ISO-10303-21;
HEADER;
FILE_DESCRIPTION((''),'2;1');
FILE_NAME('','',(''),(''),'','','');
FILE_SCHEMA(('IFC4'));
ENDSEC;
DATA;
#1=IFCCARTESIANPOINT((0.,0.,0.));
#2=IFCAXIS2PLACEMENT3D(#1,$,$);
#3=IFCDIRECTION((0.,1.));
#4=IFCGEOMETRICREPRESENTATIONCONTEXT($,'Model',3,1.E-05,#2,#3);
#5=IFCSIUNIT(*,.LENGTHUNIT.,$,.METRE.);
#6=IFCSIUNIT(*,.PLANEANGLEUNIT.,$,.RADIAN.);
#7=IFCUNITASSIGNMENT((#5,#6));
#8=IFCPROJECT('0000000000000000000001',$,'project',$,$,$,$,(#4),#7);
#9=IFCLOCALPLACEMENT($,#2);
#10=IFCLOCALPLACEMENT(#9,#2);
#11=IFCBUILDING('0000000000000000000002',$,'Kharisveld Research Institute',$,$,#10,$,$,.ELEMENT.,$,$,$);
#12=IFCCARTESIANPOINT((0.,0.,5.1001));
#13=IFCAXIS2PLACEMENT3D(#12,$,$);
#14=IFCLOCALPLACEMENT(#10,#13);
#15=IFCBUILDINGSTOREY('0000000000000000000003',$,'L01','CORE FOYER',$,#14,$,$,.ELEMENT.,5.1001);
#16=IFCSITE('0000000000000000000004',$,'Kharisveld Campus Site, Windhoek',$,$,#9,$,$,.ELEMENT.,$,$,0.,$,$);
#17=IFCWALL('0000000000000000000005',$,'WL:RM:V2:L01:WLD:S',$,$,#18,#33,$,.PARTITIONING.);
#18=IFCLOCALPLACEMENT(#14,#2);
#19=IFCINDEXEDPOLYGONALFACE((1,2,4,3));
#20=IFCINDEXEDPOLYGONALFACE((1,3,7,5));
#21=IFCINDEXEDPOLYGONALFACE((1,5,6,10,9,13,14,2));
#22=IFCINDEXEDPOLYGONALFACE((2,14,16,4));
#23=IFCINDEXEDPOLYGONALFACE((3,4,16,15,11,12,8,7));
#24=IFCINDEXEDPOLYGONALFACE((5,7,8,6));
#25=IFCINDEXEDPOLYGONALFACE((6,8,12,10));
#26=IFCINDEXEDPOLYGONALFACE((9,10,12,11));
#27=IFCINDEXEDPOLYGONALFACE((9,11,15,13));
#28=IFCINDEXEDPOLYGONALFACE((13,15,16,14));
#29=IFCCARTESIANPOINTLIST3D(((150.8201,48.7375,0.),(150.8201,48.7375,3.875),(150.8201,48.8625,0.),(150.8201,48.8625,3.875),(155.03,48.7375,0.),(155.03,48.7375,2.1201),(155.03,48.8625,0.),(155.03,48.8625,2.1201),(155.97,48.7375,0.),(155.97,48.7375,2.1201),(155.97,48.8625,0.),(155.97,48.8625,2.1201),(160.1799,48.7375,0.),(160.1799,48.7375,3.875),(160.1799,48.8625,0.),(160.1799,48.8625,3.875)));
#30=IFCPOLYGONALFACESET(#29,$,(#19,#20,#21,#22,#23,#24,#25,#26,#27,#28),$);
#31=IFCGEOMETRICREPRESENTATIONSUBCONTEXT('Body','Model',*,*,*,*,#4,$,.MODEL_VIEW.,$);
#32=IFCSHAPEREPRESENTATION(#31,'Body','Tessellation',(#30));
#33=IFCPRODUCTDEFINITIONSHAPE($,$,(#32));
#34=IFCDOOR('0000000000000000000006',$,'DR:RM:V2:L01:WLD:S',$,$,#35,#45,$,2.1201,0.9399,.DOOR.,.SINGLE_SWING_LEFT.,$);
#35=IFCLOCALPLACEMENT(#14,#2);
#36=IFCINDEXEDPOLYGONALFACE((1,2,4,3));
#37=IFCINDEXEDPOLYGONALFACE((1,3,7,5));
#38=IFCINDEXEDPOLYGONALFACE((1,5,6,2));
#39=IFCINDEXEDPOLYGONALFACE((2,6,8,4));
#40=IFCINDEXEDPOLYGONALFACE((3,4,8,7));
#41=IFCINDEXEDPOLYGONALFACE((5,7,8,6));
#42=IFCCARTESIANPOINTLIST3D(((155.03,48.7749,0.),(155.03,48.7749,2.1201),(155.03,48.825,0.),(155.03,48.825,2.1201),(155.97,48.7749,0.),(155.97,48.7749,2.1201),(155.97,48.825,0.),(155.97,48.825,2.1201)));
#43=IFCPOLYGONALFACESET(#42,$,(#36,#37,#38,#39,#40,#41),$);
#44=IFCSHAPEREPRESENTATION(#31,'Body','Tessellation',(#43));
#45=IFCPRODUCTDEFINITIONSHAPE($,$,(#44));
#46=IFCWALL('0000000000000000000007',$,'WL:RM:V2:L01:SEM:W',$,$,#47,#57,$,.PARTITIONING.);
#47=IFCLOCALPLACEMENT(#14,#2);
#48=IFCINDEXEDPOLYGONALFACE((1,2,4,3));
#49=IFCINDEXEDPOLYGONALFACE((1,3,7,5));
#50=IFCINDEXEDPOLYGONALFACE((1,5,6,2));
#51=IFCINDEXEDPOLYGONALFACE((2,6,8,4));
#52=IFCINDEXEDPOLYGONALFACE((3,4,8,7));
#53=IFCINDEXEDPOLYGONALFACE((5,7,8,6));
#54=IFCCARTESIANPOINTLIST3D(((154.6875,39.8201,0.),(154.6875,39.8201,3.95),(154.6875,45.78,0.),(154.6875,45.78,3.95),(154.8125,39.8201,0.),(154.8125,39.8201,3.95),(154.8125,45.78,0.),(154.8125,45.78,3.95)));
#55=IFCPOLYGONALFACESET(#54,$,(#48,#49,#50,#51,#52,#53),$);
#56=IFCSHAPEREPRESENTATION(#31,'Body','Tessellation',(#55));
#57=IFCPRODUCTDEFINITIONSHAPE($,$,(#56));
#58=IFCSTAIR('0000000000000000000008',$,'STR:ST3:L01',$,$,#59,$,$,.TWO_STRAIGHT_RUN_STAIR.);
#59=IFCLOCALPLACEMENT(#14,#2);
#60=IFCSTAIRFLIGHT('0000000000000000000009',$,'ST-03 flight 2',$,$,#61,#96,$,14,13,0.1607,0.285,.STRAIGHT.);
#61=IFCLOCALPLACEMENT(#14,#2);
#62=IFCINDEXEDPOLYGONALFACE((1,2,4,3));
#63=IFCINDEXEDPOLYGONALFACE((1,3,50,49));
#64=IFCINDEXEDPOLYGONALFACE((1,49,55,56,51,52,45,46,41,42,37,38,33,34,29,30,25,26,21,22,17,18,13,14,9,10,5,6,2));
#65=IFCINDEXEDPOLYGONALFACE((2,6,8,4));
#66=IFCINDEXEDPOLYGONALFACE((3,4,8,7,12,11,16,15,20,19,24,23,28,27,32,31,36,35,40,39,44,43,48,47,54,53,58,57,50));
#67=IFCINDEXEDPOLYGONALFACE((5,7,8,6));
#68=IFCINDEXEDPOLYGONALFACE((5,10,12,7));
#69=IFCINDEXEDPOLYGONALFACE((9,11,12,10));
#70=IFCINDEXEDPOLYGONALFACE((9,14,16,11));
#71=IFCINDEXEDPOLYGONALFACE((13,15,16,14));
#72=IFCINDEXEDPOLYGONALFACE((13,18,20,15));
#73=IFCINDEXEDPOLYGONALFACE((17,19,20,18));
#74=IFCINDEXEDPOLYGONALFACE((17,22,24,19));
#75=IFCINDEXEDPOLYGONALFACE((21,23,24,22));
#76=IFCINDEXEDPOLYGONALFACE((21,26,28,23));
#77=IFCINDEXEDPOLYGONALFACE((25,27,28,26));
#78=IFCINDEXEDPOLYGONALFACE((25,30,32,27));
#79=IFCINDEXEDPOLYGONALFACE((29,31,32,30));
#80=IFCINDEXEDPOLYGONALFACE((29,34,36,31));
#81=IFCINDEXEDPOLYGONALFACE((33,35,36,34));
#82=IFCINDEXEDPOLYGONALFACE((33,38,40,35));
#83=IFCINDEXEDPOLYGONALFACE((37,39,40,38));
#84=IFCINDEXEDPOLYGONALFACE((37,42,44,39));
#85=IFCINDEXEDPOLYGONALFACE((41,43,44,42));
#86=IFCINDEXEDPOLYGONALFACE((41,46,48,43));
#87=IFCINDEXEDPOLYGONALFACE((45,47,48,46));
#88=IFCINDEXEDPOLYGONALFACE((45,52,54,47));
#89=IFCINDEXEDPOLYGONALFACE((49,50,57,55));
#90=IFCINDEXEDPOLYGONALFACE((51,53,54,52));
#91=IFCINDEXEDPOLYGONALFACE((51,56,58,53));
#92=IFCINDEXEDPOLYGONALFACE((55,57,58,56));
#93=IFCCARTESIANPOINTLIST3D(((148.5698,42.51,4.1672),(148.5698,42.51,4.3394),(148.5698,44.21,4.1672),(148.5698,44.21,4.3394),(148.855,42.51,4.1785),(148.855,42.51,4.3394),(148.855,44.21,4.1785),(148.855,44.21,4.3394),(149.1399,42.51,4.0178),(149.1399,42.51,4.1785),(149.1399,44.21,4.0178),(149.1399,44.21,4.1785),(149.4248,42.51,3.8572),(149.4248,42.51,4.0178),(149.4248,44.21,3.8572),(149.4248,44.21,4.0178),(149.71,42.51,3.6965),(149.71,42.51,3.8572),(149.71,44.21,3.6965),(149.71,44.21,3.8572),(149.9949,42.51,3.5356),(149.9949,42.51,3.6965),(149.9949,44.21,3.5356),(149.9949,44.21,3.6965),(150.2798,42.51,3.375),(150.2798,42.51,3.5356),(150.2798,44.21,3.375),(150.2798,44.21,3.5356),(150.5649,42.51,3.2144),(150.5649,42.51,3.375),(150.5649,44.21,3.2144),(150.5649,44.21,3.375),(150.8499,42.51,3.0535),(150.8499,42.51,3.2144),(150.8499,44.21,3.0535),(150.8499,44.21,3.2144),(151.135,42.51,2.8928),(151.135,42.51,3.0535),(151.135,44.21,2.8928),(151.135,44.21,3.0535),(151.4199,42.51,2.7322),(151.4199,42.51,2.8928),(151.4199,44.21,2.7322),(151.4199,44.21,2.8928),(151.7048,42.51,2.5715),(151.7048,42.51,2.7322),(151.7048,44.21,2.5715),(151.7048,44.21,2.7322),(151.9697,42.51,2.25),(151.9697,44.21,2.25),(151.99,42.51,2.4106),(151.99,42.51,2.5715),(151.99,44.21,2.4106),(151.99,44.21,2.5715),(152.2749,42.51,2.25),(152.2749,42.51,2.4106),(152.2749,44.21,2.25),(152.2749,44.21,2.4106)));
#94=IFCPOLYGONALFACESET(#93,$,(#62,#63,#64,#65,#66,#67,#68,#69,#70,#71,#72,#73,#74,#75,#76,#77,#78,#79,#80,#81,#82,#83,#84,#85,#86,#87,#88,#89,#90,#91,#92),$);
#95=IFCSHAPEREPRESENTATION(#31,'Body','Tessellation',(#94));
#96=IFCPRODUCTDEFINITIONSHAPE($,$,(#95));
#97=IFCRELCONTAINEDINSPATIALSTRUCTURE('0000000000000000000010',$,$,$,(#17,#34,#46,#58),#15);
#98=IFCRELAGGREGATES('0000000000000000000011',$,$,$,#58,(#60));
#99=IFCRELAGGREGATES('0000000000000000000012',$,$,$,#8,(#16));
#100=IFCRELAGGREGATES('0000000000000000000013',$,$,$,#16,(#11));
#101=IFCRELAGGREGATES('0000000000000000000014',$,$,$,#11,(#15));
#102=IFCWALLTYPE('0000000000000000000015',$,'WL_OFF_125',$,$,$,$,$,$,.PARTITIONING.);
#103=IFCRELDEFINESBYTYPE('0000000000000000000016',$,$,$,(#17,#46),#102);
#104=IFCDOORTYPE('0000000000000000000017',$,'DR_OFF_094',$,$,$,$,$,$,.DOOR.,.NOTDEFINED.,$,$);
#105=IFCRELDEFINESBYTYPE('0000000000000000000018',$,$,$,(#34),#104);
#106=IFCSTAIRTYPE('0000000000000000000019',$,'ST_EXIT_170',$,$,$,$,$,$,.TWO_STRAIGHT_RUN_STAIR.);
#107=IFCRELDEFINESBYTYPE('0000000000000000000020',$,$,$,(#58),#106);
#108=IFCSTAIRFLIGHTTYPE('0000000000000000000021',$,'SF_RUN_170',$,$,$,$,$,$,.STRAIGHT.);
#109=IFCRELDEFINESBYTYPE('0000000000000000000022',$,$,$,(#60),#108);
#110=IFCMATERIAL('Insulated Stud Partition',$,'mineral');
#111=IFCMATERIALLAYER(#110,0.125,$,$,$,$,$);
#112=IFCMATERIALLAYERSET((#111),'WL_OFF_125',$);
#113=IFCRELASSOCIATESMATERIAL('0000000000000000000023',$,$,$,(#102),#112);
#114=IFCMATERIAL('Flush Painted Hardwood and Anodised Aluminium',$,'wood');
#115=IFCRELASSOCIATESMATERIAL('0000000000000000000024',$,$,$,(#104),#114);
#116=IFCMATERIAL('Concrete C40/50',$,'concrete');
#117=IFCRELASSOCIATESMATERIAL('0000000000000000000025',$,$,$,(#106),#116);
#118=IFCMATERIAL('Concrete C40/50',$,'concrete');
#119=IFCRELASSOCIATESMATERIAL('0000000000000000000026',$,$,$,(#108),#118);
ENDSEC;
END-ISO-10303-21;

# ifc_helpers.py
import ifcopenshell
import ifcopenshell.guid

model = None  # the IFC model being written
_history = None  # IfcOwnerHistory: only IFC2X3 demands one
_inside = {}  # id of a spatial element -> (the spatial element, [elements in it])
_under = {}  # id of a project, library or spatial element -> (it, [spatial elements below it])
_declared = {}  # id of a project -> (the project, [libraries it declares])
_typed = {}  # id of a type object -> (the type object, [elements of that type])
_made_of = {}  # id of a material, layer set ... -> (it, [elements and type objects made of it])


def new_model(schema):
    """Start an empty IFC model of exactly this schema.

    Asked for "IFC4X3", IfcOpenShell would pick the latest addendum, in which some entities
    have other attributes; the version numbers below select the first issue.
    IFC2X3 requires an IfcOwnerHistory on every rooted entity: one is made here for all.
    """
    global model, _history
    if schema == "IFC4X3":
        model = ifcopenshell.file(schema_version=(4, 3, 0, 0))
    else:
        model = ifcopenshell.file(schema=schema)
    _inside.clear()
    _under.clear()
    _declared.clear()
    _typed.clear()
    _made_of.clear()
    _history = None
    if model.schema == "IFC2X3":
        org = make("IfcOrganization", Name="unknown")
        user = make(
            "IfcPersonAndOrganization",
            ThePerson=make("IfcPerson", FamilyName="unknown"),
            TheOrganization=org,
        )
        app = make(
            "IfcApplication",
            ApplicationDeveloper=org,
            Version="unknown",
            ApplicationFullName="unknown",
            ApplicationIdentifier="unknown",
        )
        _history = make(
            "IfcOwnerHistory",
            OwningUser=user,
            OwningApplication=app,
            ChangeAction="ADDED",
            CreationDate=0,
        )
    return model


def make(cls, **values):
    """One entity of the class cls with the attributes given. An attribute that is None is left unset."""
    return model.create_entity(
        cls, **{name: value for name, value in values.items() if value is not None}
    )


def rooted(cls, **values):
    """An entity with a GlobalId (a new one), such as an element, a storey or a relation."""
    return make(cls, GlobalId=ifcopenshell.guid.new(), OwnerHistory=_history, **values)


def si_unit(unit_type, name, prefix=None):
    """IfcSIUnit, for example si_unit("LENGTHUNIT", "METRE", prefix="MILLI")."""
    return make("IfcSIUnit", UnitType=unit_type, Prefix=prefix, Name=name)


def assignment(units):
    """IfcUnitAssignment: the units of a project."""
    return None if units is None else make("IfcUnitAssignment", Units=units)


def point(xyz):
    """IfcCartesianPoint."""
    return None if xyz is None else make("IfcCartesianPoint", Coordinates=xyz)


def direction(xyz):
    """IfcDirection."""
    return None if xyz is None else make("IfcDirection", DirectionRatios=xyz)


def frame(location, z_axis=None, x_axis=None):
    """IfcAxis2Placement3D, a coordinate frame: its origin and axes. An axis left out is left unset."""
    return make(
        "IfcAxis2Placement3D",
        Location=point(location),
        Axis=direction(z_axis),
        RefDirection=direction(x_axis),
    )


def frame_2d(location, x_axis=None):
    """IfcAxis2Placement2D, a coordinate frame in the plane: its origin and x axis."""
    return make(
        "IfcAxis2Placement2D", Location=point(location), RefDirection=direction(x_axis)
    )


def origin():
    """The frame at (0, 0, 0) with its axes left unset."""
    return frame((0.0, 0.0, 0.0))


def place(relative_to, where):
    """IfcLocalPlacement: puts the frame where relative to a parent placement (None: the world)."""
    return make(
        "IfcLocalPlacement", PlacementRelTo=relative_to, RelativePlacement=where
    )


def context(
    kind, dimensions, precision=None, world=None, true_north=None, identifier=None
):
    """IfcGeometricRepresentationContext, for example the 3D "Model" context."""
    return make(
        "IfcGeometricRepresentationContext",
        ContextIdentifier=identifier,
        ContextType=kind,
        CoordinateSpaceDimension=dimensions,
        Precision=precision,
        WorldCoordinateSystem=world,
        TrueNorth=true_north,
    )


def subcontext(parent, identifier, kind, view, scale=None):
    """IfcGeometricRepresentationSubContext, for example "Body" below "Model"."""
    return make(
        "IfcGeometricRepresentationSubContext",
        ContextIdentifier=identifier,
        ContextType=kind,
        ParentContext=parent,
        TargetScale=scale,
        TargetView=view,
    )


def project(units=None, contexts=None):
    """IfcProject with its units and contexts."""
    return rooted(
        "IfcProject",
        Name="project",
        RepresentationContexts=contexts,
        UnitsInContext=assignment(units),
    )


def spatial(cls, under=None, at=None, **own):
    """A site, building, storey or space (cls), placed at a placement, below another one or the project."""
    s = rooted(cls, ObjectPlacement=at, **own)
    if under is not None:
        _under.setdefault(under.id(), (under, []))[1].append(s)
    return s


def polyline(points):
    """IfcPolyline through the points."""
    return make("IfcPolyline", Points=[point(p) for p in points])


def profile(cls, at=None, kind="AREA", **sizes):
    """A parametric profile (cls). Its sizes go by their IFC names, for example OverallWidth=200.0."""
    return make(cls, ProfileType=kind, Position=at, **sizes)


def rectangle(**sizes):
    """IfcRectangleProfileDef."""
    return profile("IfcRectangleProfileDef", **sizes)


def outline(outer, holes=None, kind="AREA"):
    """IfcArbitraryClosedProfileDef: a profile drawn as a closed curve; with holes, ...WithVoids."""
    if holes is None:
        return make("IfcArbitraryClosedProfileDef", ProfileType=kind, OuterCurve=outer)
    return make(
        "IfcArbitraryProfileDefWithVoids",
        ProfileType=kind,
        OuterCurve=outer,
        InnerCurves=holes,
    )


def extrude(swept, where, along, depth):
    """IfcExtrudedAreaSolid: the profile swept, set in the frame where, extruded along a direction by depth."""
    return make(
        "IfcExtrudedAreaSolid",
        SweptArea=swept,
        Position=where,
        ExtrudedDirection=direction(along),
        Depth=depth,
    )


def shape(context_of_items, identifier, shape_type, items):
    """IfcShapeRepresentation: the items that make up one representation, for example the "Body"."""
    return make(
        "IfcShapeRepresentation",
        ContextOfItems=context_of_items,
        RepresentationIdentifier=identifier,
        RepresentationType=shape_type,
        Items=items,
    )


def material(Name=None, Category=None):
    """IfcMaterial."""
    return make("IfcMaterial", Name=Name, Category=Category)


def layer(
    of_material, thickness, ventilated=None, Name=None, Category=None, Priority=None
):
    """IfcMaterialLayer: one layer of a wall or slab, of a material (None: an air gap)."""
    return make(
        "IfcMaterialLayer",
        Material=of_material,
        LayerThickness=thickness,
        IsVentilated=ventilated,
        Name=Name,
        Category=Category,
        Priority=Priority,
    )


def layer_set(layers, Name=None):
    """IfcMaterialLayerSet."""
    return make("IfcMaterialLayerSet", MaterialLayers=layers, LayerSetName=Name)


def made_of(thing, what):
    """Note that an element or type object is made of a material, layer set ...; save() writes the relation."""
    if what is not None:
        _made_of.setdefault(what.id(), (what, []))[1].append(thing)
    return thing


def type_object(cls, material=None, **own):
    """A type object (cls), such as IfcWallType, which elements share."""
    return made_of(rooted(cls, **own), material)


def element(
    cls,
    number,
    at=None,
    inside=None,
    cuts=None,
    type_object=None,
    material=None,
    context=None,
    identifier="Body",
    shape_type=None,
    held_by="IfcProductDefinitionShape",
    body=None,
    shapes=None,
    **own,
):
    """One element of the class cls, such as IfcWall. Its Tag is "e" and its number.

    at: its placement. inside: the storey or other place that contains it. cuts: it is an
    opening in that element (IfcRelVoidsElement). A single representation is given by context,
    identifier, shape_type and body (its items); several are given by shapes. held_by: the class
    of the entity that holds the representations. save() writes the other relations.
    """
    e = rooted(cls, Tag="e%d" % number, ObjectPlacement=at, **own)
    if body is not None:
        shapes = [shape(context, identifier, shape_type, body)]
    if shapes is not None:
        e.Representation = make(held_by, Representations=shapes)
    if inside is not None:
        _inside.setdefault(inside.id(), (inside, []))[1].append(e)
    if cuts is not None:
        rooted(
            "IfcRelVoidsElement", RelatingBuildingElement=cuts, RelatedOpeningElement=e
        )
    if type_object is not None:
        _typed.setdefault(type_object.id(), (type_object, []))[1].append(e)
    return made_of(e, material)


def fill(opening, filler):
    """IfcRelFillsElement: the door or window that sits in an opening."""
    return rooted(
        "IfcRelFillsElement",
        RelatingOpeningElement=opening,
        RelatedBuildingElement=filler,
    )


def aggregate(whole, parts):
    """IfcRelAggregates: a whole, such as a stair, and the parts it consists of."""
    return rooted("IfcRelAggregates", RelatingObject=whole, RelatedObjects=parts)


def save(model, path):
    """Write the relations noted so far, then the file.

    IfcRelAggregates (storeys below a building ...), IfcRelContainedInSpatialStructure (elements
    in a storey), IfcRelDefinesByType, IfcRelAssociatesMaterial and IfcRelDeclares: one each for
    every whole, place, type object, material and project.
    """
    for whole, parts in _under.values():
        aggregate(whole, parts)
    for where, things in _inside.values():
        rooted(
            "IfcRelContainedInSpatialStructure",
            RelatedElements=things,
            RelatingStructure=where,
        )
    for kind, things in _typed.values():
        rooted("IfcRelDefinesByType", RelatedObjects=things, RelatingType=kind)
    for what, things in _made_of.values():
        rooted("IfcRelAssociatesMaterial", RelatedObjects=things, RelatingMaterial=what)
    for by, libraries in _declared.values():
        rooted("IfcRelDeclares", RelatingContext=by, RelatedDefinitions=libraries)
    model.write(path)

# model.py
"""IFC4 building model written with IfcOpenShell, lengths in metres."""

from ifc_helpers import new_model, si_unit, direction, frame, frame_2d, origin, place, context, subcontext, project, spatial, polyline, rectangle, outline, extrude, material, layer, layer_set, type_object, element, fill, aggregate, save


model = new_model("IFC4")

# Units and contexts
model_context = context("Model", 3, precision=1e-05, world=origin(), true_north=direction((0.0, 1.0)))
body_context = subcontext(model_context, "Body", "Model", "MODEL_VIEW")
ifc_project = project(units=[si_unit("LENGTHUNIT", "METRE"), si_unit("PLANEANGLEUNIT", "RADIAN")], contexts=[model_context])

# Site, building, storey
site_placement = place(None, origin())
site = spatial("IfcSite", under=ifc_project, at=site_placement, Name="Kharisveld Campus Site, Windhoek", CompositionType="ELEMENT", RefElevation=0.0)
building_placement = place(site_placement, origin())
building = spatial("IfcBuilding", under=site, at=building_placement, Name="Kharisveld Research Institute", CompositionType="ELEMENT")
storey_placement = place(building_placement, frame((0.0, 0.0, 5.1001)))
storey = spatial("IfcBuildingStorey", under=building, at=storey_placement, Name="L01", Description="CORE FOYER", CompositionType="ELEMENT", Elevation=5.1001)

# Wall, opening, door
ifc_material_1 = material(Name="Insulated Stud Partition", Category="mineral")
ifc_layer_1 = layer(ifc_material_1, 0.125)
ifc_layer_set_1 = layer_set([ifc_layer_1], Name="WL_OFF_125")
wall_type_1 = type_object("IfcWallType", Name="WL_OFF_125", PredefinedType="PARTITIONING", material=ifc_layer_set_1)
wall_1_placement = place(storey_placement, frame((150.8201, 48.8, 0.0), z_axis=(0.0, 0.0, 1.0), x_axis=(1.0, 0.0, 0.0)))
wall_1 = element("IfcWall", 1, at=wall_1_placement, inside=storey, type_object=wall_type_1, Name="WL:RM:V2:L01:WLD:S", PredefinedType="PARTITIONING", context=body_context, shape_type="SweptSolid", body=[
    extrude(rectangle(XDim=9.3599, YDim=0.125, at=frame_2d((4.6799, 0.0))), origin(), (0.0, 0.0, 1.0), 3.875),
])
opening_1_placement = place(wall_1_placement, frame((4.21, 0.0, 0.0)))
opening_1 = element("IfcOpeningElement", 2, at=opening_1_placement, cuts=wall_1, PredefinedType="OPENING", context=body_context, shape_type="SweptSolid", body=[
    extrude(rectangle(XDim=0.9399, YDim=2.1201, at=frame_2d((0.47, 1.0601))), frame((0.0, 0.0625, 0.0), z_axis=(0.0, -1.0, 0.0), x_axis=(1.0, 0.0, 0.0)), (0.0, 0.0, 1.0), 0.125),
])
ifc_material_2 = material(Name="Flush Painted Hardwood and Anodised Aluminium", Category="wood")
door_type_1 = type_object("IfcDoorType", Name="DR_OFF_094", OperationType="NOTDEFINED", PredefinedType="DOOR", material=ifc_material_2)
door_1_placement = place(opening_1_placement, origin())
door_1 = element("IfcDoor", 3, at=door_1_placement, inside=storey, type_object=door_type_1, Name="DR:RM:V2:L01:WLD:S", OperationType="SINGLE_SWING_LEFT", OverallHeight=2.1201, OverallWidth=0.9399, PredefinedType="DOOR", context=body_context, shape_type="SweptSolid", body=[
    extrude(rectangle(XDim=0.9399, YDim=2.1201, at=frame_2d((0.47, 1.0601))), frame((0.0, 0.0249, 0.0), z_axis=(0.0, -1.0, 0.0), x_axis=(1.0, 0.0, 0.0)), (0.0, 0.0, 1.0), 0.05),
])
fill(opening_1, door_1)

# Wall
wall_2_placement = place(storey_placement, frame((154.75, 45.78, 0.0), z_axis=(0.0, 0.0, 1.0), x_axis=(0.0, -1.0, 0.0)))
element("IfcWall", 4, at=wall_2_placement, inside=storey, type_object=wall_type_1, Name="WL:RM:V2:L01:SEM:W", PredefinedType="PARTITIONING", context=body_context, shape_type="SweptSolid", body=[
    extrude(rectangle(XDim=5.96, YDim=0.125, at=frame_2d((2.98, 0.0))), origin(), (0.0, 0.0, 1.0), 3.95),
])

# Stair, stair flight
ifc_material_3 = material(Name="Concrete C40/50", Category="concrete")
stair_type = type_object("IfcStairType", Name="ST_EXIT_170", PredefinedType="TWO_STRAIGHT_RUN_STAIR", material=ifc_material_3)
stair_placement = place(storey_placement, origin())
stair = element("IfcStair", 5, at=stair_placement, inside=storey, type_object=stair_type, Name="STR:ST3:L01", PredefinedType="TWO_STRAIGHT_RUN_STAIR")
ifc_material_4 = material(Name="Concrete C40/50", Category="concrete")
stair_flight_type = type_object("IfcStairFlightType", Name="SF_RUN_170", PredefinedType="STRAIGHT", material=ifc_material_4)
stair_flight_placement = place(storey_placement, frame((152.2749, 43.3601, 2.25), z_axis=(0.0, 0.0, 1.0), x_axis=(-1.0, 0.0, 0.0)))
stair_flight = element("IfcStairFlight", 6, at=stair_flight_placement, type_object=stair_flight_type, Name="ST-03 flight 2", NumberOfRisers=14, NumberOfTreads=13, PredefinedType="STRAIGHT", RiserHeight=0.1607, TreadLength=0.285, context=body_context, shape_type="SweptSolid", body=[
    extrude(outline(polyline([(0.0, 0.0), (0.0, 0.1606), (0.2849, 0.1606), (0.2849, 0.3215), (0.5701, 0.3215), (0.5701, 0.4822), (0.855, 0.4822), (0.855, 0.6428), (1.1399, 0.6428), (1.1399, 0.8035), (1.425, 0.8035), (1.425, 0.9644), (1.71, 0.9644), (1.71, 1.125), (1.9951, 1.125), (1.9951, 1.2856), (2.28, 1.2856), (2.28, 1.4465), (2.5649, 1.4465), (2.5649, 1.6072), (2.8501, 1.6072), (2.8501, 1.7678), (3.135, 1.7678), (3.135, 1.9285), (3.4199, 1.9285), (3.4199, 2.0894), (3.7051, 2.0894), (3.7051, 2.25), (3.7051, 1.9172), (0.3052, 0.0), (0.0, 0.0)])), frame((0.0, 0.8501, 0.0), z_axis=(0.0, -1.0, 0.0), x_axis=(1.0, 0.0, 0.0)), (0.0, 0.0, 1.0), 1.7),
])
aggregate(stair, [stair_flight])

save(model, "model.ifc")
